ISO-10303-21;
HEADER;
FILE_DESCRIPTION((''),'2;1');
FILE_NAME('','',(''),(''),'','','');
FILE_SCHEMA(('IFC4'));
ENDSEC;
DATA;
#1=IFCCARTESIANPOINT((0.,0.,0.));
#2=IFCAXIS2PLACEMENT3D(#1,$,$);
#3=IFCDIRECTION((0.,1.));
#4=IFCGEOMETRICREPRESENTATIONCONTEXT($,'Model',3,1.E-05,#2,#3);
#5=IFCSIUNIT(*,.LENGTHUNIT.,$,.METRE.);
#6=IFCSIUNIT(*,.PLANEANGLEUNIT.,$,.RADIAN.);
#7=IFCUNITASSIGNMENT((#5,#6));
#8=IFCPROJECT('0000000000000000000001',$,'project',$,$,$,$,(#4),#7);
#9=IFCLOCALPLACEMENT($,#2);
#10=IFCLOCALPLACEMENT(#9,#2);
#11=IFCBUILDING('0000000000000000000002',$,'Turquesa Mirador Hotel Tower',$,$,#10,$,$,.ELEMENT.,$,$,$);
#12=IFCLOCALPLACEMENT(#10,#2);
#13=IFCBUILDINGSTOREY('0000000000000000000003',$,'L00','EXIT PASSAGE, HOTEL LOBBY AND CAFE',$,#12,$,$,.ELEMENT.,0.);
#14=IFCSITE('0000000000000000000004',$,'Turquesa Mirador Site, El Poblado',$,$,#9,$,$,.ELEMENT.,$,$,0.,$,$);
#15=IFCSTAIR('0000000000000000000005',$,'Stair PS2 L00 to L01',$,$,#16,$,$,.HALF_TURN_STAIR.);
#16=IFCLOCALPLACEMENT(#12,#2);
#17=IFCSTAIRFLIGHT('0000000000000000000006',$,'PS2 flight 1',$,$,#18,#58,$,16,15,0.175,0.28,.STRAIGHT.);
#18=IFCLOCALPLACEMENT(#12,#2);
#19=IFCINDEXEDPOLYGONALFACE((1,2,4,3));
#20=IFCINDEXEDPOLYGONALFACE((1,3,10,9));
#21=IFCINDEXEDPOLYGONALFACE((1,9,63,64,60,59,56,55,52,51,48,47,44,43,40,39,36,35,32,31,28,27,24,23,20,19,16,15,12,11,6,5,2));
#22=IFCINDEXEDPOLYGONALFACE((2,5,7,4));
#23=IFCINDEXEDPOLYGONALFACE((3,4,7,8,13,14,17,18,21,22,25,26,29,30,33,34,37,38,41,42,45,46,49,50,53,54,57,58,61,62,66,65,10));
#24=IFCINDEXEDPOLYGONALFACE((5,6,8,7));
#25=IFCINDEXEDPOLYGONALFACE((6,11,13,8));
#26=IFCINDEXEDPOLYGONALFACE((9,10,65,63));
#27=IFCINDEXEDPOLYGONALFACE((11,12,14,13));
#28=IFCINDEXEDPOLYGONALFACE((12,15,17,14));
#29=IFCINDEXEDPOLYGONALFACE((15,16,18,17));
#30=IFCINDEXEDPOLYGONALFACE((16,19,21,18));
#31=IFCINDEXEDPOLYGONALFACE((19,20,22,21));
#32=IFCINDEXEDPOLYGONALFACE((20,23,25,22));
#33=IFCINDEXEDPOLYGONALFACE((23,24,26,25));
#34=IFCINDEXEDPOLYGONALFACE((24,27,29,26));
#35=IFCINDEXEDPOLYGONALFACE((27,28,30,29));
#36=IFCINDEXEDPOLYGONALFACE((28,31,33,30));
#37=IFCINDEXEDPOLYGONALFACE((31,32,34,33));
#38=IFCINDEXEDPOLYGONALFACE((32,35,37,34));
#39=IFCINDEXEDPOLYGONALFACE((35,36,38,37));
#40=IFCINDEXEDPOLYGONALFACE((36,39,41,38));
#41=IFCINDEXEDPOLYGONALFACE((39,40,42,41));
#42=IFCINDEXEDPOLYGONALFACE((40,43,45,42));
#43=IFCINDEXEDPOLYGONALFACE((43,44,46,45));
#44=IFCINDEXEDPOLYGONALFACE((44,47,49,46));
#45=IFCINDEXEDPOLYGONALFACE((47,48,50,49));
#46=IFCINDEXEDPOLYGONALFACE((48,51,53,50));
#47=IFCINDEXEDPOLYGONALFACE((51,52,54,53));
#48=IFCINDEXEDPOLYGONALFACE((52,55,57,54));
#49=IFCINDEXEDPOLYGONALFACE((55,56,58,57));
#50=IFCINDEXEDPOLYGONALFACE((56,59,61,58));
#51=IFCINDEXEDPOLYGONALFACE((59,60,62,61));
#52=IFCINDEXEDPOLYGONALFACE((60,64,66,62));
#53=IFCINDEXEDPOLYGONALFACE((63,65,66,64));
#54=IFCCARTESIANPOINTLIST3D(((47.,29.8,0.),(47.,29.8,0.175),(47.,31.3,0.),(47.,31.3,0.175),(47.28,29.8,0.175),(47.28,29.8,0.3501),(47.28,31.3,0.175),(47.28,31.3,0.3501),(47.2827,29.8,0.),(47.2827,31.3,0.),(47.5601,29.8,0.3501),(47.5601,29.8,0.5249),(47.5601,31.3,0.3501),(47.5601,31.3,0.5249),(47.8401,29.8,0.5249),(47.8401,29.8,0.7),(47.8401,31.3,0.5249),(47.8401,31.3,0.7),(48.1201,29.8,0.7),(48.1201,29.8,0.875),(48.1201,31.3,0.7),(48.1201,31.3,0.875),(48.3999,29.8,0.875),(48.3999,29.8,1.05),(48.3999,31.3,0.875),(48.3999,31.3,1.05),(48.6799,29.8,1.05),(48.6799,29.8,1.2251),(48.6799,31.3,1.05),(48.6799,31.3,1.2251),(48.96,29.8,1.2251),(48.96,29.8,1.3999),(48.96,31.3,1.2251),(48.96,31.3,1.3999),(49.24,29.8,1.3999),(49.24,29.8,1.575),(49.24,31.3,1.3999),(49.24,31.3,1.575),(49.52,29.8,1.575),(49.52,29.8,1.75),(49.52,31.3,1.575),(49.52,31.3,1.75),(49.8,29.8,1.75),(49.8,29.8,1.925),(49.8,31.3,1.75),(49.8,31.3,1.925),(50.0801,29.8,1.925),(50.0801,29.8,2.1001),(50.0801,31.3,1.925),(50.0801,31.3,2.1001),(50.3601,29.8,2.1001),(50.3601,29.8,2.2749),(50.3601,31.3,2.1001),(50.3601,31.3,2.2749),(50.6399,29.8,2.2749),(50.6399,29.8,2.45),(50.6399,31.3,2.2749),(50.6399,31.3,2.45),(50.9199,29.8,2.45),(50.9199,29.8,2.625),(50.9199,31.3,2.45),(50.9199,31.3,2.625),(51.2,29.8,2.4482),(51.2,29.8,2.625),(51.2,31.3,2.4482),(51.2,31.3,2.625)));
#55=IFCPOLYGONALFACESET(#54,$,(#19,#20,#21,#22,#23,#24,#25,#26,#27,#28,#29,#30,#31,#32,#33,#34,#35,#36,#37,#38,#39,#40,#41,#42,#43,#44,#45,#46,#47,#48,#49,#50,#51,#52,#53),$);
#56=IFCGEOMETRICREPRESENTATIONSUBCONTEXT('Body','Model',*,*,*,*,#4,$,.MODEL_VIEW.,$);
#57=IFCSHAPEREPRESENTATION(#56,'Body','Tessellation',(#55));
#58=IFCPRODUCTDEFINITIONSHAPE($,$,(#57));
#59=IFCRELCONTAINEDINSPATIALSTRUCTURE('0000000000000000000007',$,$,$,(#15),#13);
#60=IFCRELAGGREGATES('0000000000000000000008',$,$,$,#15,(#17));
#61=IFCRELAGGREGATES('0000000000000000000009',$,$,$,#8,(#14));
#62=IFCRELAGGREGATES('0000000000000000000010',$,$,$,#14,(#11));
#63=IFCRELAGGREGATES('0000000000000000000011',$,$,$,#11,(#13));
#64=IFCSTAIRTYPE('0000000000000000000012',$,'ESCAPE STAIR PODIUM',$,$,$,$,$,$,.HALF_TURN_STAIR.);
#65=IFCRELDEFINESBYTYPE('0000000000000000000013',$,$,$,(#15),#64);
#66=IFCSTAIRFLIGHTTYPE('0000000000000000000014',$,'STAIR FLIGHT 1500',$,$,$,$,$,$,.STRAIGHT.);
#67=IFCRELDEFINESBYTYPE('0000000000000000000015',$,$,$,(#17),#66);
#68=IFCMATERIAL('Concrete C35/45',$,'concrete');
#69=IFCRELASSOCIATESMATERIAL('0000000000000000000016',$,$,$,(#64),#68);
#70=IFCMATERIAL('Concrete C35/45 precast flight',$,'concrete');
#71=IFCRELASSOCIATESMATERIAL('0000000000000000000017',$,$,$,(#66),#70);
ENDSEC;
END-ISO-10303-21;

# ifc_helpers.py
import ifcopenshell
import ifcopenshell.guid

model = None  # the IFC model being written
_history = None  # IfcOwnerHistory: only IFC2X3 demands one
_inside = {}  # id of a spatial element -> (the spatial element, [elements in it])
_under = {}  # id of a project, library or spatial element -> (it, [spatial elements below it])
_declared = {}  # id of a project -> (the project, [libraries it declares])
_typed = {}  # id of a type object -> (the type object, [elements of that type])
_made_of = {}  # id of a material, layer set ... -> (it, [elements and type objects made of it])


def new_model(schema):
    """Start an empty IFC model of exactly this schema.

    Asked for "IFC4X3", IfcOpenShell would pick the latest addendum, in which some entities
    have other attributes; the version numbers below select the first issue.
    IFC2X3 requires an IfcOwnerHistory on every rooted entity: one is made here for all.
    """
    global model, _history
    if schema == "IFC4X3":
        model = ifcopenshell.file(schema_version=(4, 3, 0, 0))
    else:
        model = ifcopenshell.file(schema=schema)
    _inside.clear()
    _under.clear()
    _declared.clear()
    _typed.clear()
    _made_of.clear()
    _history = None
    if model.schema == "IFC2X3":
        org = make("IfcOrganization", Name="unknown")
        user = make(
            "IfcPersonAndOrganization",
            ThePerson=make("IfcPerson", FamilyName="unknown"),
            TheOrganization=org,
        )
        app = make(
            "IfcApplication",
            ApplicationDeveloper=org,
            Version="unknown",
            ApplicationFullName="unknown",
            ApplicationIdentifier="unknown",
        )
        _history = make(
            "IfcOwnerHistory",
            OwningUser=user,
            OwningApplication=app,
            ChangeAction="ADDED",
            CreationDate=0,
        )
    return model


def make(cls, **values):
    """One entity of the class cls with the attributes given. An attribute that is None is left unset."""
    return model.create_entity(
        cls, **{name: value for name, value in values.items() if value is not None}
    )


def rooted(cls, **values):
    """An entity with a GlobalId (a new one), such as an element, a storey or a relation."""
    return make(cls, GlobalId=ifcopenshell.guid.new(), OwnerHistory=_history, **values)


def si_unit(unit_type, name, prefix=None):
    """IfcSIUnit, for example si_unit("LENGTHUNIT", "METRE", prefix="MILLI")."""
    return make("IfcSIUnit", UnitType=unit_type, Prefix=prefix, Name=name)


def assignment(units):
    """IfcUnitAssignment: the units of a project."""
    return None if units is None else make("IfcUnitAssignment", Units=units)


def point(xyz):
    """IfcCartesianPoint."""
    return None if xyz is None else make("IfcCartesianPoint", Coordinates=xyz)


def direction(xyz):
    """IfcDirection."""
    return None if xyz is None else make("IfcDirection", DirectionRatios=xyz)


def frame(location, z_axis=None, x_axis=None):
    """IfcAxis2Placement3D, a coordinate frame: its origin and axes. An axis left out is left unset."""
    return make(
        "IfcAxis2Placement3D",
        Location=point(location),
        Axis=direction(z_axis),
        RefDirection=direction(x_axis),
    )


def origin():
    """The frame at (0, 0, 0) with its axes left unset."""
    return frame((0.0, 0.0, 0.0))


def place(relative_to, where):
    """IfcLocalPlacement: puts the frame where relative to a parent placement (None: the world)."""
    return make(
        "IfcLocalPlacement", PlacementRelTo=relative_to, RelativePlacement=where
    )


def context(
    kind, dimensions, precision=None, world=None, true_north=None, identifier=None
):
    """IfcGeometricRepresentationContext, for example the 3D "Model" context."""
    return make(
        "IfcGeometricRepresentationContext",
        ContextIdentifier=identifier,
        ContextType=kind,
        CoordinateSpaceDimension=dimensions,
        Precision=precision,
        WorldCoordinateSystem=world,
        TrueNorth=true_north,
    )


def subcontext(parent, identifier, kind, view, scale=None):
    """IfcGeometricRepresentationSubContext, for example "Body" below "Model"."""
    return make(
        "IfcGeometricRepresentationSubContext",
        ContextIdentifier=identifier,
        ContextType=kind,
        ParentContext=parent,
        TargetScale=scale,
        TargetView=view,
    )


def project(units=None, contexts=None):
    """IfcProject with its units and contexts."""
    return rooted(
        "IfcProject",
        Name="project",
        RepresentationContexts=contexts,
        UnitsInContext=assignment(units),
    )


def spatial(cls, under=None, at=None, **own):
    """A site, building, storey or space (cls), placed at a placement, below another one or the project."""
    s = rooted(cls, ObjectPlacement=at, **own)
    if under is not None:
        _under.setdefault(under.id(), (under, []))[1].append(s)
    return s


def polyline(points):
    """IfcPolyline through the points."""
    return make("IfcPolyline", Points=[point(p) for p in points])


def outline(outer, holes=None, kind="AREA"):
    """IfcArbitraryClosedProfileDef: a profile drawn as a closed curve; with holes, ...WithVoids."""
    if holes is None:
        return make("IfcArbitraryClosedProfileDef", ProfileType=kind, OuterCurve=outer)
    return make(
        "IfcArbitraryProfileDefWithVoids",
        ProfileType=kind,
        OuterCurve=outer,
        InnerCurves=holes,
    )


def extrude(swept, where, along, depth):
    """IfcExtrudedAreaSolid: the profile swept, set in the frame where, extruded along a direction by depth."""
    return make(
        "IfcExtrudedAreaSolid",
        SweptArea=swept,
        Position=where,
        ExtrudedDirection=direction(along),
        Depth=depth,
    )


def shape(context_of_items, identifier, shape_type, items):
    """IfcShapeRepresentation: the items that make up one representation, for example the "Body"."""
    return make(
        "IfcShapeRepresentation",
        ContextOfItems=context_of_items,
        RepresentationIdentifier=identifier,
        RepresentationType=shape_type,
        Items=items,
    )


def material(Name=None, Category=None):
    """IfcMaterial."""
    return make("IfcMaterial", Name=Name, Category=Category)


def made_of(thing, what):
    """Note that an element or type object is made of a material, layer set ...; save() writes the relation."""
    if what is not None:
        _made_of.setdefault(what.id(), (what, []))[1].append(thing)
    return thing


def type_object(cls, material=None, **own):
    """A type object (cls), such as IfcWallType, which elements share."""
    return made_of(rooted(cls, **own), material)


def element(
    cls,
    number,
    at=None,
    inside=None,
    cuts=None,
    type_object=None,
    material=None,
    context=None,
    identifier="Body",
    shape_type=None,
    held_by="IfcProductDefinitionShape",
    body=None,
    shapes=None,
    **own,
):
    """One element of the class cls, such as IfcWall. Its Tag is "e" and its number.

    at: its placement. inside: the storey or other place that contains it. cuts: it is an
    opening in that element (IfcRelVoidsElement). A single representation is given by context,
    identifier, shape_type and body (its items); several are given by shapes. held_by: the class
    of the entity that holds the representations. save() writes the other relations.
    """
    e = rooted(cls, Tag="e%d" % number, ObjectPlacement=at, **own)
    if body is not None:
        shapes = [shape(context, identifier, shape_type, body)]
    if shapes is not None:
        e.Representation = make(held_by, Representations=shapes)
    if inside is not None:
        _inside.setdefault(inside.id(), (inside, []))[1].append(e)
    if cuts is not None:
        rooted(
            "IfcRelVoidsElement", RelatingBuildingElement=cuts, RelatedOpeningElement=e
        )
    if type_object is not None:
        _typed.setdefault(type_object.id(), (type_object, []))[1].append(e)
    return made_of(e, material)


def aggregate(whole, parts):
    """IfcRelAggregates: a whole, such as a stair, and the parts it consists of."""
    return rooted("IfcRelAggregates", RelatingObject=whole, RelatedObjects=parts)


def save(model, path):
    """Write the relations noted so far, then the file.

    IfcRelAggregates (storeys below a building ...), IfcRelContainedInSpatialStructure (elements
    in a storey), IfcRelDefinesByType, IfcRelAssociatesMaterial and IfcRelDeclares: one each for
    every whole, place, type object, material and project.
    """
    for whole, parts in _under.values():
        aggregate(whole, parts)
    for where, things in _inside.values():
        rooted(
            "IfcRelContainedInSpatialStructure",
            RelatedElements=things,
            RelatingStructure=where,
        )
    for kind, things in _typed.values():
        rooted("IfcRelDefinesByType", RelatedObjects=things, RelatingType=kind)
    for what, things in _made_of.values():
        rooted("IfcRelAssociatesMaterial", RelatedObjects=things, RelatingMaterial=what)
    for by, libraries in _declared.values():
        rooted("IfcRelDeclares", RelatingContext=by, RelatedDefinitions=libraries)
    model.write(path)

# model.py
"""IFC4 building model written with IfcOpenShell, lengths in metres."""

from ifc_helpers import new_model, si_unit, direction, frame, origin, place, context, subcontext, project, spatial, polyline, outline, extrude, material, type_object, element, aggregate, save


model = new_model("IFC4")

# Units and contexts
model_context = context("Model", 3, precision=1e-05, world=origin(), true_north=direction((0.0, 1.0)))
body_context = subcontext(model_context, "Body", "Model", "MODEL_VIEW")
ifc_project = project(units=[si_unit("LENGTHUNIT", "METRE"), si_unit("PLANEANGLEUNIT", "RADIAN")], contexts=[model_context])

# Site, building, storey
site_placement = place(None, origin())
site = spatial("IfcSite", under=ifc_project, at=site_placement, Name="Turquesa Mirador Site, El Poblado", CompositionType="ELEMENT", RefElevation=0.0)
building_placement = place(site_placement, origin())
building = spatial("IfcBuilding", under=site, at=building_placement, Name="Turquesa Mirador Hotel Tower", CompositionType="ELEMENT")
storey_placement = place(building_placement, origin())
storey = spatial("IfcBuildingStorey", under=building, at=storey_placement, Name="L00", Description="EXIT PASSAGE, HOTEL LOBBY AND CAFE", CompositionType="ELEMENT", Elevation=0.0)

# Stair, stair flight
ifc_material_1 = material(Name="Concrete C35/45", Category="concrete")
stair_type = type_object("IfcStairType", Name="ESCAPE STAIR PODIUM", PredefinedType="HALF_TURN_STAIR", material=ifc_material_1)
stair_placement = place(storey_placement, origin())
stair = element("IfcStair", 1, at=stair_placement, inside=storey, type_object=stair_type, Name="Stair PS2 L00 to L01", PredefinedType="HALF_TURN_STAIR")
ifc_material_2 = material(Name="Concrete C35/45 precast flight", Category="concrete")
stair_flight_type = type_object("IfcStairFlightType", Name="STAIR FLIGHT 1500", PredefinedType="STRAIGHT", material=ifc_material_2)
stair_flight_placement = place(storey_placement, frame((47.0, 30.55, 0.0), z_axis=(0.0, 0.0, 1.0), x_axis=(1.0, 0.0, 0.0)))
stair_flight = element("IfcStairFlight", 2, at=stair_flight_placement, type_object=stair_flight_type, Name="PS2 flight 1", NumberOfRisers=16, NumberOfTreads=15, PredefinedType="STRAIGHT", RiserHeight=0.175, TreadLength=0.28, context=body_context, shape_type="SweptSolid", body=[
    extrude(outline(polyline([(0.0, 0.0), (0.0, 0.175), (0.28, 0.175), (0.28, 0.3501), (0.5601, 0.3501), (0.5601, 0.5249), (0.8401, 0.5249), (0.8401, 0.7), (1.1201, 0.7), (1.1201, 0.875), (1.3999, 0.875), (1.3999, 1.05), (1.6799, 1.05), (1.6799, 1.2251), (1.96, 1.2251), (1.96, 1.3999), (2.24, 1.3999), (2.24, 1.575), (2.52, 1.575), (2.52, 1.75), (2.8, 1.75), (2.8, 1.925), (3.0801, 1.925), (3.0801, 2.1001), (3.3601, 2.1001), (3.3601, 2.2749), (3.6399, 2.2749), (3.6399, 2.45), (3.9199, 2.45), (3.9199, 2.625), (4.2, 2.625), (4.2, 2.8), (4.2, 2.4482), (0.2827, 0.0), (0.0, 0.0)])), frame((0.0, 0.75, 0.0), z_axis=(0.0, -1.0, 0.0), x_axis=(1.0, 0.0, 0.0)), (0.0, 0.0, 1.0), 1.5),
])
aggregate(stair, [stair_flight])

save(model, "model.ifc")
